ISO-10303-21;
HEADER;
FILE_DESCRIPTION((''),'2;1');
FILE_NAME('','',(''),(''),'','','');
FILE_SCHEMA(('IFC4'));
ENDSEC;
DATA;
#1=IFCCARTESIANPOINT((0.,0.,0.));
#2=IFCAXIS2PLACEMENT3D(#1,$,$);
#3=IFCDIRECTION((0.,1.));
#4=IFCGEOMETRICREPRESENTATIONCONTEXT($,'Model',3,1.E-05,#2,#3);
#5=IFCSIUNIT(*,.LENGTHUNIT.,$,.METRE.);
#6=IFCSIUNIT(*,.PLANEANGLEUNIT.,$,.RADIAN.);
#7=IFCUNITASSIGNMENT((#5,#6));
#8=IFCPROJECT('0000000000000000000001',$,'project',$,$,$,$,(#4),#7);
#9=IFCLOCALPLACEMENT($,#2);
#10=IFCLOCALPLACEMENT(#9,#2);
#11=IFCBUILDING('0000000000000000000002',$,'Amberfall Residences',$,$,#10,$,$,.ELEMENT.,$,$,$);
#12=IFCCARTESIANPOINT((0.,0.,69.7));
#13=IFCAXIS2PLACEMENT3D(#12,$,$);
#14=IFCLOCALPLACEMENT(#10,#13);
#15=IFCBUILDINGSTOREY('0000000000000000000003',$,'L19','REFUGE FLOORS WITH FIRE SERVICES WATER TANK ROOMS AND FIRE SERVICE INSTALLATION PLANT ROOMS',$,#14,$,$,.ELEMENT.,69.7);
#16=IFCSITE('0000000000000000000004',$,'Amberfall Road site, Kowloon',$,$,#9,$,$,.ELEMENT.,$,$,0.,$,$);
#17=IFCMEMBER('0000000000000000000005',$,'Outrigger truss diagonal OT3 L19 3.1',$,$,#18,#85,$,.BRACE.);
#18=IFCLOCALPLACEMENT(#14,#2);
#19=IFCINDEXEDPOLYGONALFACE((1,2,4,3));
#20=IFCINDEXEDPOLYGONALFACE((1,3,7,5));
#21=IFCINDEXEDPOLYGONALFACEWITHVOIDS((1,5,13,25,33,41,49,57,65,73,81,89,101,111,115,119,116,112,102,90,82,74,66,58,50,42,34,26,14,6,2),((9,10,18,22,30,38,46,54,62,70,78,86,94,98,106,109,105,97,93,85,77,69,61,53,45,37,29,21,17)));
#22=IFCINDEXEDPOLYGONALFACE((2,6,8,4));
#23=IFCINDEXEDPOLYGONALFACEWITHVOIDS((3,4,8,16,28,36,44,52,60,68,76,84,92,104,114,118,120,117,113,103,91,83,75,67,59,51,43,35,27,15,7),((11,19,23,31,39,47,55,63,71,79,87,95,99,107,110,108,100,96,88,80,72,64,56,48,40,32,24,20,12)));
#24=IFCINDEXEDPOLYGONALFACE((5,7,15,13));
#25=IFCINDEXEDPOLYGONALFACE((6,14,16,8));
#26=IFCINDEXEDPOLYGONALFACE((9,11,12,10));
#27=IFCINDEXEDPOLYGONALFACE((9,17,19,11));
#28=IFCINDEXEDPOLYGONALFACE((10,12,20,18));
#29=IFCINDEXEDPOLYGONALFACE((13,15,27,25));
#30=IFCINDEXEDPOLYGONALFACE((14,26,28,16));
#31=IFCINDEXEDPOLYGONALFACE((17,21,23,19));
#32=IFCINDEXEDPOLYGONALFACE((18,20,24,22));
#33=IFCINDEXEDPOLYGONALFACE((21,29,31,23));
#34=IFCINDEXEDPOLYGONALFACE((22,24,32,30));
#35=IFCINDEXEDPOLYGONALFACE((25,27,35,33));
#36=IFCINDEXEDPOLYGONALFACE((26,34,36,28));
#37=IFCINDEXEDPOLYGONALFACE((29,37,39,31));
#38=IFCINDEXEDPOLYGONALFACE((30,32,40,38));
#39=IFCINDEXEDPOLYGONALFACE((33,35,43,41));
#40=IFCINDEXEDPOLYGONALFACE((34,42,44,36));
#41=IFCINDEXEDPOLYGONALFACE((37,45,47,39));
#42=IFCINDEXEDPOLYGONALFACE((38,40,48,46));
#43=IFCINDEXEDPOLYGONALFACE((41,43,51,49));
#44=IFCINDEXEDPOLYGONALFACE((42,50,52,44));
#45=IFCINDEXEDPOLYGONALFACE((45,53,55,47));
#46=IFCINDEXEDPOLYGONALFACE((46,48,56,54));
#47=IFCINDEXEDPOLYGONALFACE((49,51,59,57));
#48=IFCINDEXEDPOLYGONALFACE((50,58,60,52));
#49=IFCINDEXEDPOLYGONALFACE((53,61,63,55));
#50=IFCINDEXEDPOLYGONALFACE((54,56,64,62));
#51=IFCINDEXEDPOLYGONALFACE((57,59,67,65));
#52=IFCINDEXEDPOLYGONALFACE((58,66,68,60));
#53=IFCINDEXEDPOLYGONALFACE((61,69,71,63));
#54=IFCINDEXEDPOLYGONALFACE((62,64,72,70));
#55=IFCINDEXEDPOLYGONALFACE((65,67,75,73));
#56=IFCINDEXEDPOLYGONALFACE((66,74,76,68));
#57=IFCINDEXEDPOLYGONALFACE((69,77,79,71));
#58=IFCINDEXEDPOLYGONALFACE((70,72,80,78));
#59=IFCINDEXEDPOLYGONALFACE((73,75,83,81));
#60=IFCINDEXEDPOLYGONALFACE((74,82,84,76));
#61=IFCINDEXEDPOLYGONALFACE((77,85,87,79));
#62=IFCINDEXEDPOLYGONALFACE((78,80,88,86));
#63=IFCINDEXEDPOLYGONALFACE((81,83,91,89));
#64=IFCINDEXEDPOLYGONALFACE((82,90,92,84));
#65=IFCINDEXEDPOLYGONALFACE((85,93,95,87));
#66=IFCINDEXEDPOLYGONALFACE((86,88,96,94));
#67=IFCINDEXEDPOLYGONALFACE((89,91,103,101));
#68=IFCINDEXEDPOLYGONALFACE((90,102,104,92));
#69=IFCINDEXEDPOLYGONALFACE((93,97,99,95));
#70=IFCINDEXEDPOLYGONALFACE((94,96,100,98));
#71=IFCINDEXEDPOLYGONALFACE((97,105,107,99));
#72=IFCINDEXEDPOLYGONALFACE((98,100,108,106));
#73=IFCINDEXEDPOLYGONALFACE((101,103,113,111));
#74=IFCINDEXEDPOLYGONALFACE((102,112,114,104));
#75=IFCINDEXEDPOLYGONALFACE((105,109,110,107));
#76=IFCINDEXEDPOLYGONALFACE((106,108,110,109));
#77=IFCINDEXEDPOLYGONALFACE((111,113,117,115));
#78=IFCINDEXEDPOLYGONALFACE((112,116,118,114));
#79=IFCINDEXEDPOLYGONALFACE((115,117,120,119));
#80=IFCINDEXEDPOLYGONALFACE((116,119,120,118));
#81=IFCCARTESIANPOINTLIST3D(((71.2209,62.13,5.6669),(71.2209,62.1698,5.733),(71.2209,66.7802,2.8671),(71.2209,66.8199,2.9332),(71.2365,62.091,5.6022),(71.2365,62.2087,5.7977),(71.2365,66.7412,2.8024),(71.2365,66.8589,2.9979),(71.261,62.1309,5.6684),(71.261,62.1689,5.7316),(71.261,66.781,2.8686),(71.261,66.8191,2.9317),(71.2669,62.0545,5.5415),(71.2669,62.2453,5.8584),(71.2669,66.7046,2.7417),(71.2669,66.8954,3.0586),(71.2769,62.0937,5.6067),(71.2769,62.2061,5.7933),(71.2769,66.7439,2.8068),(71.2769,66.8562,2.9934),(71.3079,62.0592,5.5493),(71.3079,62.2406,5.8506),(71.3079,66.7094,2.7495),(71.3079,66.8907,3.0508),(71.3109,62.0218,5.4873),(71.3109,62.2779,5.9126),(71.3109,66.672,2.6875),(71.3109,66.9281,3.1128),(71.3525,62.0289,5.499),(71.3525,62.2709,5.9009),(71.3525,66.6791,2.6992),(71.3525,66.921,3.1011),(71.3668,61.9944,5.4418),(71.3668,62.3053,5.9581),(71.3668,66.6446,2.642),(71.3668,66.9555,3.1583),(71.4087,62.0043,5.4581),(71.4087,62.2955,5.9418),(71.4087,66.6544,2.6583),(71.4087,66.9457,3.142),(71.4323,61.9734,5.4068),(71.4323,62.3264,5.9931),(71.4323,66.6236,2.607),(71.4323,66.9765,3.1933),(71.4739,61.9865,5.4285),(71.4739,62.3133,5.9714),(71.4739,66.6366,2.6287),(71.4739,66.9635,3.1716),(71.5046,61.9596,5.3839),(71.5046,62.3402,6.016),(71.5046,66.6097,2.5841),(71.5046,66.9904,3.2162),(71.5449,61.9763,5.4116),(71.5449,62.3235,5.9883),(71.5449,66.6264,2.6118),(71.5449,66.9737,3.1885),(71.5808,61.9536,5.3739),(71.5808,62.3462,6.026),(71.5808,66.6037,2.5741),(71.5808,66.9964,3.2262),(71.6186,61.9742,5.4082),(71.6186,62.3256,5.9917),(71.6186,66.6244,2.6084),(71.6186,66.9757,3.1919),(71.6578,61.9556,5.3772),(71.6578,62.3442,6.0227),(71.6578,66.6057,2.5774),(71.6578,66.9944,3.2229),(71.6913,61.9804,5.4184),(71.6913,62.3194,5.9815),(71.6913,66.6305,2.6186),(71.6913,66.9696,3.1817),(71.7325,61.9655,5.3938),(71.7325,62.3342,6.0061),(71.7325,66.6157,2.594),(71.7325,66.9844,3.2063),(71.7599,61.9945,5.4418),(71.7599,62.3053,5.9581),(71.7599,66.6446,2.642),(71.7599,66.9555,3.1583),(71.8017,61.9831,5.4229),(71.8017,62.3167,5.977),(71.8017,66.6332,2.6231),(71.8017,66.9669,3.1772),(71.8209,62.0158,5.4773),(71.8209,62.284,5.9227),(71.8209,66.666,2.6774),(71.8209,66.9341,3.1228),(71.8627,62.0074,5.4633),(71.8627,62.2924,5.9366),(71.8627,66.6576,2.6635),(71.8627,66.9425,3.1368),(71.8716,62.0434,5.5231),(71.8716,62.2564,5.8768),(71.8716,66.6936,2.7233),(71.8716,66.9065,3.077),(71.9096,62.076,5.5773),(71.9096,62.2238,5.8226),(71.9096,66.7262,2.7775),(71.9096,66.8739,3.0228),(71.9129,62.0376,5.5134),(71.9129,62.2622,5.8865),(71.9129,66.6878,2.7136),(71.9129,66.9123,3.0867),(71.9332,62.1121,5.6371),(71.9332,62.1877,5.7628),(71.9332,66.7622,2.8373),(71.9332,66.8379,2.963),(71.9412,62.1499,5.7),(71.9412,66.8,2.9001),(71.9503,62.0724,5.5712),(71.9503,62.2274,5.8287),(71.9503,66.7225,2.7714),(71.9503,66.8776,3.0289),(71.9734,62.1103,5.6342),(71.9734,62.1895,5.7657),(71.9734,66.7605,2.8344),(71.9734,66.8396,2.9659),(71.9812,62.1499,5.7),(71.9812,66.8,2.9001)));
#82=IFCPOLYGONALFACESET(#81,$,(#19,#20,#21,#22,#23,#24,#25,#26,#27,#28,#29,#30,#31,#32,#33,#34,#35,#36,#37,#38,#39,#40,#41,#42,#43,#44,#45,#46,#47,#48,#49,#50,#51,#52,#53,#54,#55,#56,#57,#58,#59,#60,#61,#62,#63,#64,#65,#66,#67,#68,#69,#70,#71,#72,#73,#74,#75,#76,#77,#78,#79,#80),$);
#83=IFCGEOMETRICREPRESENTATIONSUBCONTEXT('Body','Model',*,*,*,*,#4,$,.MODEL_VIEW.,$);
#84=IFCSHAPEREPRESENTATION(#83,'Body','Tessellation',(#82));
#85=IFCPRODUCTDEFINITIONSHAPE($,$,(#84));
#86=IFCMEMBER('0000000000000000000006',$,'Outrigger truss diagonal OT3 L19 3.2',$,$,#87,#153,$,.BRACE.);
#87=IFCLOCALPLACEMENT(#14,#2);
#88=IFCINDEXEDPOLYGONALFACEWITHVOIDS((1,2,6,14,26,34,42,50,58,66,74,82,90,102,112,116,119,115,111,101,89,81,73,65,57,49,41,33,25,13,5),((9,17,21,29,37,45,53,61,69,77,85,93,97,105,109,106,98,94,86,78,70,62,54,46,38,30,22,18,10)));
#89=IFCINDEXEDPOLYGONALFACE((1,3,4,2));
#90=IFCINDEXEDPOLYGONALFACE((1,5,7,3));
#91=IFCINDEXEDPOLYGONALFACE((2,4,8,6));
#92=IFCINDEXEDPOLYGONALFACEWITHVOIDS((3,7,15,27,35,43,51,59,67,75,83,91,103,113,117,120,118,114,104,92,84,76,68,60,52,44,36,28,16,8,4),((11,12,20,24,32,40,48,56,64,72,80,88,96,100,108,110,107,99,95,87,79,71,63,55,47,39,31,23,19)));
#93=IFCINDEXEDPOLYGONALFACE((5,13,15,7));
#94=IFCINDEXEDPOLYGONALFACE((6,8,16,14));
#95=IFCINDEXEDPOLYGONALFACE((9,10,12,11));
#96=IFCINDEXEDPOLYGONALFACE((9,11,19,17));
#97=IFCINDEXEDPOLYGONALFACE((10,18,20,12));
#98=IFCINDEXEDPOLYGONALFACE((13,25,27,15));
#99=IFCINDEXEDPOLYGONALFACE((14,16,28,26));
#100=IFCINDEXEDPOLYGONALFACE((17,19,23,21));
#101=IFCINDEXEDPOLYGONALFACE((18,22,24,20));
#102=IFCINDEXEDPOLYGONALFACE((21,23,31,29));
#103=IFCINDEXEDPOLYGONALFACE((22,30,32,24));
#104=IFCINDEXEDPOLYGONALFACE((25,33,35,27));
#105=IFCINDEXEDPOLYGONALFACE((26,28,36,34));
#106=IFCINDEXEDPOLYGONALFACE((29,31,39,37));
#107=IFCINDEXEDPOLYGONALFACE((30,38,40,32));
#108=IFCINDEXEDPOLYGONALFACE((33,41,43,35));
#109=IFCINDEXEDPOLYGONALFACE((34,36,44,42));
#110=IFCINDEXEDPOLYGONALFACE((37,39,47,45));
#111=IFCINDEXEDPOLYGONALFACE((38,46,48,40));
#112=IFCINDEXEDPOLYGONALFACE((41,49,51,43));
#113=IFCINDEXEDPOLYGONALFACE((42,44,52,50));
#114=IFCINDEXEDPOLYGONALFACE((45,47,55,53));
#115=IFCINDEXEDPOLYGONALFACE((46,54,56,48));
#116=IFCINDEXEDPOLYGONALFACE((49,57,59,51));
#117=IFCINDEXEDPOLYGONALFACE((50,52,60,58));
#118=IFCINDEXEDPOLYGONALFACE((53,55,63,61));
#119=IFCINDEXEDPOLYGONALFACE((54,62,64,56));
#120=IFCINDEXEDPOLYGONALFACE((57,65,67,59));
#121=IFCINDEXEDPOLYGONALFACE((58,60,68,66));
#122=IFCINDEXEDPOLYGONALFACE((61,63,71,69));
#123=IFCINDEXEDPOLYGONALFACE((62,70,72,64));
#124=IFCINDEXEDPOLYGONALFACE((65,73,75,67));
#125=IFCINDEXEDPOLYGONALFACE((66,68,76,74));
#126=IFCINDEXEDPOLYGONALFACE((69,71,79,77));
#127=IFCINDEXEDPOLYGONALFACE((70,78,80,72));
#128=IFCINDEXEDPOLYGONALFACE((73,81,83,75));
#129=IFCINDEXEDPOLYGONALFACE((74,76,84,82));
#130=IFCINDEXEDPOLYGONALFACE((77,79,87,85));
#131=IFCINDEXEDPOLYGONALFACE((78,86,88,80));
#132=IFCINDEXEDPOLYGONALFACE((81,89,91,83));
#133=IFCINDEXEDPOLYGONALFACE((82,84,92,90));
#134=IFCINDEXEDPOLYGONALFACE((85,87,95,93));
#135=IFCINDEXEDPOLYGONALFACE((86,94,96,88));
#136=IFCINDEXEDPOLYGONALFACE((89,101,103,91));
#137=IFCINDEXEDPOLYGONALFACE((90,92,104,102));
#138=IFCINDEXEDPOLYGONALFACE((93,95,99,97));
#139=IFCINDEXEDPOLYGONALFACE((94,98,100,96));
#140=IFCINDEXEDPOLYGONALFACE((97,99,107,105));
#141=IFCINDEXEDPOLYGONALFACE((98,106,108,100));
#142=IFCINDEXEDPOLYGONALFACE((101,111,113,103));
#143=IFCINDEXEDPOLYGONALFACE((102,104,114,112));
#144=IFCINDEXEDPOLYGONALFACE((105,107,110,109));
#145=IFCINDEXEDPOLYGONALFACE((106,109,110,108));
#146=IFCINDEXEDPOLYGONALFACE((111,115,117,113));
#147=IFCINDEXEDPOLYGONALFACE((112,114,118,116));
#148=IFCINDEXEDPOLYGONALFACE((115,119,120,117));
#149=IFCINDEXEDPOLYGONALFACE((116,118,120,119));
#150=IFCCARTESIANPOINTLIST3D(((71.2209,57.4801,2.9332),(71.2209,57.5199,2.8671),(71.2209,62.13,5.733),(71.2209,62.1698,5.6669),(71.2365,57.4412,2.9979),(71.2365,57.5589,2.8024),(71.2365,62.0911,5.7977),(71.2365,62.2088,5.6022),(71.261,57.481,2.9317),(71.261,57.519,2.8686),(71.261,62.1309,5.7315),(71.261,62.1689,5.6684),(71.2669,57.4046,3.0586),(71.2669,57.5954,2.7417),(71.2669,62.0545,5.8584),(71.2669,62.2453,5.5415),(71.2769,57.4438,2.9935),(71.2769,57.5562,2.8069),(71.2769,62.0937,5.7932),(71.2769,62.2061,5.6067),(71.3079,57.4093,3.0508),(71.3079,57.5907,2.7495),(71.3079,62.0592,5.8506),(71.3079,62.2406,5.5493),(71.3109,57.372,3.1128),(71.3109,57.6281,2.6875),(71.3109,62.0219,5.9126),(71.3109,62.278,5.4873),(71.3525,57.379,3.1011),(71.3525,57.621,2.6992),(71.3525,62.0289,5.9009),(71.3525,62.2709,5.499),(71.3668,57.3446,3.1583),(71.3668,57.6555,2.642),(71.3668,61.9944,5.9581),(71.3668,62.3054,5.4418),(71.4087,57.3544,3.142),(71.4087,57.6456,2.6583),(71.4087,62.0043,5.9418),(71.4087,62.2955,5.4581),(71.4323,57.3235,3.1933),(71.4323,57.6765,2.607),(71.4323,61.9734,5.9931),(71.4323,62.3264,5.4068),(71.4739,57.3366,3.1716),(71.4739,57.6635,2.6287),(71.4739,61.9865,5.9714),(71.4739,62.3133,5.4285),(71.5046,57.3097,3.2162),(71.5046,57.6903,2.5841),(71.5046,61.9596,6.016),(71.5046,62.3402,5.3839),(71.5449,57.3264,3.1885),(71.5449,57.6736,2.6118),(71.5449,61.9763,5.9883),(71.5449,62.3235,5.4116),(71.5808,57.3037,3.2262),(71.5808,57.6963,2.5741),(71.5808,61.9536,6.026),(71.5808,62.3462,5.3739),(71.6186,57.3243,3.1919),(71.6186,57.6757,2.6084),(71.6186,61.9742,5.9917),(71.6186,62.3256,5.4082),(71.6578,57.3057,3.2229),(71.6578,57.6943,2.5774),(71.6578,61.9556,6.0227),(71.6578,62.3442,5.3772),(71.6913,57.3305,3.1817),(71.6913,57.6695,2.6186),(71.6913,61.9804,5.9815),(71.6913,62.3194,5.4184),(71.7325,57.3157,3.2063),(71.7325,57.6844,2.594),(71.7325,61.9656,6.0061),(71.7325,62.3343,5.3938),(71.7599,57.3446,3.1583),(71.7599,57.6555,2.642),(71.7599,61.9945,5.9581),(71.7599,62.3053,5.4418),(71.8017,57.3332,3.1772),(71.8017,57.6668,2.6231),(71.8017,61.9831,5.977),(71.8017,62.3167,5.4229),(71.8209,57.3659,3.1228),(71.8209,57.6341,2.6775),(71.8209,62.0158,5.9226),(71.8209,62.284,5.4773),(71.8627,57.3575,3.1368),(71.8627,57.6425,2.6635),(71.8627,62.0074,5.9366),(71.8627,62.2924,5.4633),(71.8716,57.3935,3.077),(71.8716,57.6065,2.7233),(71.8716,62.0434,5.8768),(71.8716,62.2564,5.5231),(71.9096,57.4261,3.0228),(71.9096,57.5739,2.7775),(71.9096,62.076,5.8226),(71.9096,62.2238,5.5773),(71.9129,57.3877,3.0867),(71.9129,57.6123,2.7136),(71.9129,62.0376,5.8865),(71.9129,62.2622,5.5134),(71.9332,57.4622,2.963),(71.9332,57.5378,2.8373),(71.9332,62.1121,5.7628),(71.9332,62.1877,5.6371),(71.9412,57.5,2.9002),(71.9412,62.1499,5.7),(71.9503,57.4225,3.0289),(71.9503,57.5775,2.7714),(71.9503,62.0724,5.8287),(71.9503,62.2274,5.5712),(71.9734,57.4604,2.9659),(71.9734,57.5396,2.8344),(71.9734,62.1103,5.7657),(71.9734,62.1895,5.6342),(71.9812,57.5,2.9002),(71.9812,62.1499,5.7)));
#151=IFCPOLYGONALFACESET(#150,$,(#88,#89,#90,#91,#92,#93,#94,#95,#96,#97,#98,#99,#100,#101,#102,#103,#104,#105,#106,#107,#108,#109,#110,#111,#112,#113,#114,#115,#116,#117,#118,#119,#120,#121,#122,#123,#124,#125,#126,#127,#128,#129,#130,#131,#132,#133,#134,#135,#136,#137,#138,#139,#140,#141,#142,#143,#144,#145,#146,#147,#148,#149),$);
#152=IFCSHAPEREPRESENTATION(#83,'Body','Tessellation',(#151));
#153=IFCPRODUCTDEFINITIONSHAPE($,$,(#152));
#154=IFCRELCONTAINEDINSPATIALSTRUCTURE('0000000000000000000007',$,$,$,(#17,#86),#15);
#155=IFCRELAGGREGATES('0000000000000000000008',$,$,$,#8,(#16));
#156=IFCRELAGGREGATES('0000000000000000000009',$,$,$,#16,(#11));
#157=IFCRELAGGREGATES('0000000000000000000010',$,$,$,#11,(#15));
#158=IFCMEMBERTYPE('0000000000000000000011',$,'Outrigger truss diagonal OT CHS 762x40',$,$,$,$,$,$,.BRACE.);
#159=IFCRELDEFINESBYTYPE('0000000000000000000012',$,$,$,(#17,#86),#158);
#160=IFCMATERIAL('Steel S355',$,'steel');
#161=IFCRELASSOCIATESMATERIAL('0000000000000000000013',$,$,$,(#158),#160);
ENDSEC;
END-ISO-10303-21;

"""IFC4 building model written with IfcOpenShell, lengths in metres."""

from ifc_helpers import new_model, si_unit, direction, frame, origin, origin_2d, place, context, subcontext, project, spatial, hollow_circle, extrude, material, material_profile, profile_set, type_object, element, save


model = new_model("IFC4")

# Units and contexts
model_context = context("Model", 3, precision=1e-05, world=origin(), true_north=direction((0.0, 1.0)))
body_context = subcontext(model_context, "Body", "Model", "MODEL_VIEW")
ifc_project = project(units=[si_unit("LENGTHUNIT", "METRE"), si_unit("PLANEANGLEUNIT", "RADIAN")], contexts=[model_context])

# Site, building, storey
site_placement = place(None, origin())
site = spatial("IfcSite", under=ifc_project, at=site_placement, Name="Amberfall Road site, Kowloon", CompositionType="ELEMENT", RefElevation=0.0)
building_placement = place(site_placement, origin())
building = spatial("IfcBuilding", under=site, at=building_placement, Name="Amberfall Residences", CompositionType="ELEMENT")
storey_placement = place(building_placement, frame((0.0, 0.0, 69.7)))
storey = spatial("IfcBuildingStorey", under=building, at=storey_placement, Name="L19", Description="REFUGE FLOORS WITH FIRE SERVICES WATER TANK ROOMS AND FIRE SERVICE INSTALLATION PLANT ROOMS", CompositionType="ELEMENT", Elevation=69.7)

# Shared definitions
ifc_material_1 = material(Name="Steel S355", Category="steel")

# Members
ifc_material_profile_1 = material_profile(ifc_material_1, hollow_circle(Radius=0.3811, WallThickness=0.04, at=origin_2d()), Name="CHS 762x40")
ifc_profile_set_1 = profile_set([ifc_material_profile_1], Name="Steel S355")
member_type = type_object("IfcMemberType", Name="Outrigger truss diagonal OT CHS 762x40", PredefinedType="BRACE", material=ifc_profile_set_1)
member_1_placement = place(storey_placement, frame((71.6001, 66.8, 2.9001), z_axis=(0.0, -0.856702, 0.515811), x_axis=(1.0, 0.0, 0.0)))
element("IfcMember", 1, at=member_1_placement, inside=storey, type_object=member_type, Name="Outrigger truss diagonal OT3 L19 3.1", PredefinedType="BRACE", context=body_context, shape_type="SweptSolid", body=[
    extrude(hollow_circle(Radius=0.3811, WallThickness=0.04, at=origin_2d()), origin(), (0.0, 0.0, 1.0), 5.428),
])
member_2_placement = place(storey_placement, frame((71.6001, 62.1499, 5.7), z_axis=(0.0, -0.85669, -0.515831), x_axis=(1.0, 0.0, 0.0)))
element("IfcMember", 2, at=member_2_placement, inside=storey, type_object=member_type, Name="Outrigger truss diagonal OT3 L19 3.2", PredefinedType="BRACE", context=body_context, shape_type="SweptSolid", body=[
    extrude(hollow_circle(Radius=0.3811, WallThickness=0.04, at=origin_2d()), origin(), (0.0, 0.0, 1.0), 5.4277),
])

save(model, "model.ifc")
